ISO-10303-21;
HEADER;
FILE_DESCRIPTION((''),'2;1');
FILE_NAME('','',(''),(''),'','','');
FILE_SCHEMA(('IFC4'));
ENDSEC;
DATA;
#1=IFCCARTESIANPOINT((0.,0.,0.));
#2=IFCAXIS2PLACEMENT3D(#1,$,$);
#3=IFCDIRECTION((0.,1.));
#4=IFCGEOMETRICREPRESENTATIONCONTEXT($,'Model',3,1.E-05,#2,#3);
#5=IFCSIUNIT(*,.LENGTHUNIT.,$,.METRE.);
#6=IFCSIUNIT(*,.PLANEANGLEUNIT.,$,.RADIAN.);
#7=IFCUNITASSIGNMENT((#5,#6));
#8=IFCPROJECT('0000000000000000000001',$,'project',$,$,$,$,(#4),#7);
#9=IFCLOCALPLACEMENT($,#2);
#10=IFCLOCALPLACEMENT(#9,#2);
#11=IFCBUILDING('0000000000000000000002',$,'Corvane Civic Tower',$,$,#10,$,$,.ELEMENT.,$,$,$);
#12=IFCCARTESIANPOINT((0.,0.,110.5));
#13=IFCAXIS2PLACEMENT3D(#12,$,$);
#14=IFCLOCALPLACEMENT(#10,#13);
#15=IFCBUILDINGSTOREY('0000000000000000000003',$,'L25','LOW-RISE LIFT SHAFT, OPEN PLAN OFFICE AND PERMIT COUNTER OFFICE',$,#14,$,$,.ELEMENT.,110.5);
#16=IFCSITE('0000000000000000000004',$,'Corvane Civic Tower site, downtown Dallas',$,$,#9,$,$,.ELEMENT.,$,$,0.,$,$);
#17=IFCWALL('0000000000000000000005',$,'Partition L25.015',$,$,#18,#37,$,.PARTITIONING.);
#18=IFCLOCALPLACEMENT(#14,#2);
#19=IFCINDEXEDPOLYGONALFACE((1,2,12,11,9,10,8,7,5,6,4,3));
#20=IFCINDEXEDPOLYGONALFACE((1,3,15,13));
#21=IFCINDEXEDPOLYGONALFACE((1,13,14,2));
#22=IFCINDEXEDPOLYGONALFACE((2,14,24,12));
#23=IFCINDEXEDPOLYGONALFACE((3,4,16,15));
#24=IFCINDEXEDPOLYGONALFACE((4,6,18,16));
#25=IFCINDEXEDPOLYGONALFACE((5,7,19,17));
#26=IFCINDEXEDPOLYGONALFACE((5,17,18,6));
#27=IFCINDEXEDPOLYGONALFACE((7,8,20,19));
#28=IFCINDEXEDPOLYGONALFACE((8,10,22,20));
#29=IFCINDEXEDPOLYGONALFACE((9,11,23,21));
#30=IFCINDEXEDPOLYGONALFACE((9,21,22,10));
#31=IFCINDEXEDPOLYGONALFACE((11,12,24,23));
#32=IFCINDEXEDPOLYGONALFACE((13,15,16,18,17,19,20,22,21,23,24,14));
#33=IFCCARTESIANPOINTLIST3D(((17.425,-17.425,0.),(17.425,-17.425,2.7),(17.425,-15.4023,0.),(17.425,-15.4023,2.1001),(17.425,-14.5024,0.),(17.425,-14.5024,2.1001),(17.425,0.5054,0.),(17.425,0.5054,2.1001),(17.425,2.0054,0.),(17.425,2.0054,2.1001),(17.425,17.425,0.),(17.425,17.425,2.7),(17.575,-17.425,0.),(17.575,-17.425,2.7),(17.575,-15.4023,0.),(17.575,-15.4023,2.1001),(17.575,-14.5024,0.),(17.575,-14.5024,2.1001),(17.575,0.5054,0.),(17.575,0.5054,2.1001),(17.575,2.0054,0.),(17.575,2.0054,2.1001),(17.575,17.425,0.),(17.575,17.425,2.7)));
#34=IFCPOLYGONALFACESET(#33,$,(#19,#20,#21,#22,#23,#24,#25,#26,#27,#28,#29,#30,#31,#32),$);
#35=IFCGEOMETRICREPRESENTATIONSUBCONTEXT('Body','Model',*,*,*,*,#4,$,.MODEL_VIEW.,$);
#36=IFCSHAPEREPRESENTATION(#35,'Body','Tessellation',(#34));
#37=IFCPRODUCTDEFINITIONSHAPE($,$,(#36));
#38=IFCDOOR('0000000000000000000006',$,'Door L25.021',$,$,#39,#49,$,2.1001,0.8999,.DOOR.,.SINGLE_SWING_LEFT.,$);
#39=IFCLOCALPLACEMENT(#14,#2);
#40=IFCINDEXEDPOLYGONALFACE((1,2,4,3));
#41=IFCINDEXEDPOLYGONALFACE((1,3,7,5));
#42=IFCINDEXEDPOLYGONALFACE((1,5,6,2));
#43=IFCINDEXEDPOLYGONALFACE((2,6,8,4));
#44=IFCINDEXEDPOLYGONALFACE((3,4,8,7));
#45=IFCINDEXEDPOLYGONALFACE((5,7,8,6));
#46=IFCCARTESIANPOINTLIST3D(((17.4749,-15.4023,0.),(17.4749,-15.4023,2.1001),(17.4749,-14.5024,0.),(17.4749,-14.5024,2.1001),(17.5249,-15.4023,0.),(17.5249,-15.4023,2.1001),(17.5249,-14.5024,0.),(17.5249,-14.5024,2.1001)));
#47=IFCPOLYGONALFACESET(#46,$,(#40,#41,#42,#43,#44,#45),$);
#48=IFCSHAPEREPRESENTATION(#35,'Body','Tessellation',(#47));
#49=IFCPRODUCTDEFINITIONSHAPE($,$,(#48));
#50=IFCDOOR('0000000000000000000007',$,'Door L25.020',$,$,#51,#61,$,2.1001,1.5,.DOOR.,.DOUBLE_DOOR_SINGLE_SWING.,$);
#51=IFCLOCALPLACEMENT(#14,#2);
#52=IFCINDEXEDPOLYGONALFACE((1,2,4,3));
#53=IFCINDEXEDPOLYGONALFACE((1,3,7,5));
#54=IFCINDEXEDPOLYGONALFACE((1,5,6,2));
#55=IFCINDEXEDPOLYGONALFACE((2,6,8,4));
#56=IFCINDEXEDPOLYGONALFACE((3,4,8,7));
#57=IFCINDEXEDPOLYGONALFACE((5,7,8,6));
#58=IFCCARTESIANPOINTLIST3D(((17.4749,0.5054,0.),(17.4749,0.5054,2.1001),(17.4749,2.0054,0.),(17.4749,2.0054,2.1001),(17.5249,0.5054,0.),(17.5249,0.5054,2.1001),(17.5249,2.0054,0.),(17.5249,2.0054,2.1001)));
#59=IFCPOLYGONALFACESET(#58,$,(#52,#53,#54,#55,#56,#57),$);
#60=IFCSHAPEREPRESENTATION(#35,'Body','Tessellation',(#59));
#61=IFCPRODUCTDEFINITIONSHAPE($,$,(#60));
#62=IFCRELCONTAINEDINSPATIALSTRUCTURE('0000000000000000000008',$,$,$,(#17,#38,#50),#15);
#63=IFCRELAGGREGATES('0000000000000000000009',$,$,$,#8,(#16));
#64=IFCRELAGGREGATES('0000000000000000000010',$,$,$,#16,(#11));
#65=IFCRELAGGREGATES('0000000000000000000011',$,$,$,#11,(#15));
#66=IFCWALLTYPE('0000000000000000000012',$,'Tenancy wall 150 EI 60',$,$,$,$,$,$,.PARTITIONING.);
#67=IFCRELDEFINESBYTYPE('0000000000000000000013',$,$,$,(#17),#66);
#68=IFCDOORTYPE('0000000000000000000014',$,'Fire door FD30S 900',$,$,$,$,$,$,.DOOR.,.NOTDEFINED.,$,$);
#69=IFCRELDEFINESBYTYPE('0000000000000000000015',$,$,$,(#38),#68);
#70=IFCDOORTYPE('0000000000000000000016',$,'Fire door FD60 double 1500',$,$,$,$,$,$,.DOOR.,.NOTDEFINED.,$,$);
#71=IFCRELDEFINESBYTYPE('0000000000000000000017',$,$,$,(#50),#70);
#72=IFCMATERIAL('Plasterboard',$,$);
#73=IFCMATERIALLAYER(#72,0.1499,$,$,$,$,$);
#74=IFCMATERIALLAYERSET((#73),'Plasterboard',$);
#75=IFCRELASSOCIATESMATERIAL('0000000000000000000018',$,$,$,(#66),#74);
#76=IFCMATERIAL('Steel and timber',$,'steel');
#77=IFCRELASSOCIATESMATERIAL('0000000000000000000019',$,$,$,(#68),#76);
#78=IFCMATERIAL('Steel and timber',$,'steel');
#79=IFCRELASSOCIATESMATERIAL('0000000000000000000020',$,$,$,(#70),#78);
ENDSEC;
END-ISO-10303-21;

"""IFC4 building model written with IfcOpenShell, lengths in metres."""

from ifc_helpers import new_model, si_unit, direction, frame, frame_2d, origin, place, context, subcontext, project, spatial, rectangle, extrude, material, layer, layer_set, type_object, element, fill, save


model = new_model("IFC4")

# Units and contexts
model_context = context("Model", 3, precision=1e-05, world=origin(), true_north=direction((0.0, 1.0)))
body_context = subcontext(model_context, "Body", "Model", "MODEL_VIEW")
ifc_project = project(units=[si_unit("LENGTHUNIT", "METRE"), si_unit("PLANEANGLEUNIT", "RADIAN")], contexts=[model_context])

# Site, building, storey
site_placement = place(None, origin())
site = spatial("IfcSite", under=ifc_project, at=site_placement, Name="Corvane Civic Tower site, downtown Dallas", CompositionType="ELEMENT", RefElevation=0.0)
building_placement = place(site_placement, origin())
building = spatial("IfcBuilding", under=site, at=building_placement, Name="Corvane Civic Tower", CompositionType="ELEMENT")
storey_placement = place(building_placement, frame((0.0, 0.0, 110.5)))
storey = spatial("IfcBuildingStorey", under=building, at=storey_placement, Name="L25", Description="LOW-RISE LIFT SHAFT, OPEN PLAN OFFICE AND PERMIT COUNTER OFFICE", CompositionType="ELEMENT", Elevation=110.5)

# Wall, openings, doors
ifc_material_1 = material(Name="Plasterboard")
ifc_layer_1 = layer(ifc_material_1, 0.1499)
ifc_layer_set_1 = layer_set([ifc_layer_1], Name="Plasterboard")
wall_type_1 = type_object("IfcWallType", Name="Tenancy wall 150 EI 60", PredefinedType="PARTITIONING", material=ifc_layer_set_1)
wall_1_placement = place(storey_placement, frame((17.5, -17.425, 0.0), z_axis=(0.0, 0.0, 1.0), x_axis=(0.0, 1.0, 0.0)))
wall_1 = element("IfcWall", 1, at=wall_1_placement, inside=storey, type_object=wall_type_1, Name="Partition L25.015", PredefinedType="PARTITIONING", context=body_context, shape_type="SweptSolid", body=[
    extrude(rectangle(XDim=34.8501, YDim=0.1499, at=frame_2d((17.425, 0.0))), origin(), (0.0, 0.0, 1.0), 2.7),
])
opening_1_placement = place(wall_1_placement, frame((17.9304, 0.0, 0.0)))
opening_1 = element("IfcOpeningElement", 2, at=opening_1_placement, cuts=wall_1, PredefinedType="OPENING", context=body_context, shape_type="SweptSolid", body=[
    extrude(rectangle(XDim=1.5, YDim=2.1001, at=frame_2d((0.75, 1.05))), frame((0.0, 0.085, 0.0), z_axis=(0.0, -1.0, 0.0), x_axis=(1.0, 0.0, 0.0)), (0.0, 0.0, 1.0), 0.1699),
])
opening_2_placement = place(wall_1_placement, frame((2.0227, 0.0, 0.0)))
opening_2 = element("IfcOpeningElement", 3, at=opening_2_placement, cuts=wall_1, PredefinedType="OPENING", context=body_context, shape_type="SweptSolid", body=[
    extrude(rectangle(XDim=0.8999, YDim=2.1001, at=frame_2d((0.45, 1.05))), frame((0.0, 0.085, 0.0), z_axis=(0.0, -1.0, 0.0), x_axis=(1.0, 0.0, 0.0)), (0.0, 0.0, 1.0), 0.1699),
])
ifc_material_2 = material(Name="Steel and timber", Category="steel")
door_type_1 = type_object("IfcDoorType", Name="Fire door FD30S 900", OperationType="NOTDEFINED", PredefinedType="DOOR", material=ifc_material_2)
door_1_placement = place(opening_2_placement, frame((0.8999, 0.0, 0.0), z_axis=(0.0, 0.0, 1.0), x_axis=(-1.0, 0.0, 0.0)))
door_1 = element("IfcDoor", 4, at=door_1_placement, inside=storey, type_object=door_type_1, Name="Door L25.021", OperationType="SINGLE_SWING_LEFT", OverallHeight=2.1001, OverallWidth=0.8999, PredefinedType="DOOR", context=body_context, shape_type="SweptSolid", body=[
    extrude(rectangle(XDim=0.8999, YDim=2.1001, at=frame_2d((0.45, 1.05))), frame((0.0, 0.0249, 0.0), z_axis=(0.0, -1.0, 0.0), x_axis=(1.0, 0.0, 0.0)), (0.0, 0.0, 1.0), 0.05),
])
fill(opening_2, door_1)
ifc_material_3 = material(Name="Steel and timber", Category="steel")
door_type_2 = type_object("IfcDoorType", Name="Fire door FD60 double 1500", OperationType="NOTDEFINED", PredefinedType="DOOR", material=ifc_material_3)
door_2_placement = place(opening_1_placement, frame((1.5, 0.0, 0.0), z_axis=(0.0, 0.0, 1.0), x_axis=(-1.0, 0.0, 0.0)))
door_2 = element("IfcDoor", 5, at=door_2_placement, inside=storey, type_object=door_type_2, Name="Door L25.020", OperationType="DOUBLE_DOOR_SINGLE_SWING", OverallHeight=2.1001, OverallWidth=1.5, PredefinedType="DOOR", context=body_context, shape_type="SweptSolid", body=[
    extrude(rectangle(XDim=1.5, YDim=2.1001, at=frame_2d((0.75, 1.05))), frame((0.0, 0.0249, 0.0), z_axis=(0.0, -1.0, 0.0), x_axis=(1.0, 0.0, 0.0)), (0.0, 0.0, 1.0), 0.05),
])
fill(opening_1, door_2)

save(model, "model.ifc")
